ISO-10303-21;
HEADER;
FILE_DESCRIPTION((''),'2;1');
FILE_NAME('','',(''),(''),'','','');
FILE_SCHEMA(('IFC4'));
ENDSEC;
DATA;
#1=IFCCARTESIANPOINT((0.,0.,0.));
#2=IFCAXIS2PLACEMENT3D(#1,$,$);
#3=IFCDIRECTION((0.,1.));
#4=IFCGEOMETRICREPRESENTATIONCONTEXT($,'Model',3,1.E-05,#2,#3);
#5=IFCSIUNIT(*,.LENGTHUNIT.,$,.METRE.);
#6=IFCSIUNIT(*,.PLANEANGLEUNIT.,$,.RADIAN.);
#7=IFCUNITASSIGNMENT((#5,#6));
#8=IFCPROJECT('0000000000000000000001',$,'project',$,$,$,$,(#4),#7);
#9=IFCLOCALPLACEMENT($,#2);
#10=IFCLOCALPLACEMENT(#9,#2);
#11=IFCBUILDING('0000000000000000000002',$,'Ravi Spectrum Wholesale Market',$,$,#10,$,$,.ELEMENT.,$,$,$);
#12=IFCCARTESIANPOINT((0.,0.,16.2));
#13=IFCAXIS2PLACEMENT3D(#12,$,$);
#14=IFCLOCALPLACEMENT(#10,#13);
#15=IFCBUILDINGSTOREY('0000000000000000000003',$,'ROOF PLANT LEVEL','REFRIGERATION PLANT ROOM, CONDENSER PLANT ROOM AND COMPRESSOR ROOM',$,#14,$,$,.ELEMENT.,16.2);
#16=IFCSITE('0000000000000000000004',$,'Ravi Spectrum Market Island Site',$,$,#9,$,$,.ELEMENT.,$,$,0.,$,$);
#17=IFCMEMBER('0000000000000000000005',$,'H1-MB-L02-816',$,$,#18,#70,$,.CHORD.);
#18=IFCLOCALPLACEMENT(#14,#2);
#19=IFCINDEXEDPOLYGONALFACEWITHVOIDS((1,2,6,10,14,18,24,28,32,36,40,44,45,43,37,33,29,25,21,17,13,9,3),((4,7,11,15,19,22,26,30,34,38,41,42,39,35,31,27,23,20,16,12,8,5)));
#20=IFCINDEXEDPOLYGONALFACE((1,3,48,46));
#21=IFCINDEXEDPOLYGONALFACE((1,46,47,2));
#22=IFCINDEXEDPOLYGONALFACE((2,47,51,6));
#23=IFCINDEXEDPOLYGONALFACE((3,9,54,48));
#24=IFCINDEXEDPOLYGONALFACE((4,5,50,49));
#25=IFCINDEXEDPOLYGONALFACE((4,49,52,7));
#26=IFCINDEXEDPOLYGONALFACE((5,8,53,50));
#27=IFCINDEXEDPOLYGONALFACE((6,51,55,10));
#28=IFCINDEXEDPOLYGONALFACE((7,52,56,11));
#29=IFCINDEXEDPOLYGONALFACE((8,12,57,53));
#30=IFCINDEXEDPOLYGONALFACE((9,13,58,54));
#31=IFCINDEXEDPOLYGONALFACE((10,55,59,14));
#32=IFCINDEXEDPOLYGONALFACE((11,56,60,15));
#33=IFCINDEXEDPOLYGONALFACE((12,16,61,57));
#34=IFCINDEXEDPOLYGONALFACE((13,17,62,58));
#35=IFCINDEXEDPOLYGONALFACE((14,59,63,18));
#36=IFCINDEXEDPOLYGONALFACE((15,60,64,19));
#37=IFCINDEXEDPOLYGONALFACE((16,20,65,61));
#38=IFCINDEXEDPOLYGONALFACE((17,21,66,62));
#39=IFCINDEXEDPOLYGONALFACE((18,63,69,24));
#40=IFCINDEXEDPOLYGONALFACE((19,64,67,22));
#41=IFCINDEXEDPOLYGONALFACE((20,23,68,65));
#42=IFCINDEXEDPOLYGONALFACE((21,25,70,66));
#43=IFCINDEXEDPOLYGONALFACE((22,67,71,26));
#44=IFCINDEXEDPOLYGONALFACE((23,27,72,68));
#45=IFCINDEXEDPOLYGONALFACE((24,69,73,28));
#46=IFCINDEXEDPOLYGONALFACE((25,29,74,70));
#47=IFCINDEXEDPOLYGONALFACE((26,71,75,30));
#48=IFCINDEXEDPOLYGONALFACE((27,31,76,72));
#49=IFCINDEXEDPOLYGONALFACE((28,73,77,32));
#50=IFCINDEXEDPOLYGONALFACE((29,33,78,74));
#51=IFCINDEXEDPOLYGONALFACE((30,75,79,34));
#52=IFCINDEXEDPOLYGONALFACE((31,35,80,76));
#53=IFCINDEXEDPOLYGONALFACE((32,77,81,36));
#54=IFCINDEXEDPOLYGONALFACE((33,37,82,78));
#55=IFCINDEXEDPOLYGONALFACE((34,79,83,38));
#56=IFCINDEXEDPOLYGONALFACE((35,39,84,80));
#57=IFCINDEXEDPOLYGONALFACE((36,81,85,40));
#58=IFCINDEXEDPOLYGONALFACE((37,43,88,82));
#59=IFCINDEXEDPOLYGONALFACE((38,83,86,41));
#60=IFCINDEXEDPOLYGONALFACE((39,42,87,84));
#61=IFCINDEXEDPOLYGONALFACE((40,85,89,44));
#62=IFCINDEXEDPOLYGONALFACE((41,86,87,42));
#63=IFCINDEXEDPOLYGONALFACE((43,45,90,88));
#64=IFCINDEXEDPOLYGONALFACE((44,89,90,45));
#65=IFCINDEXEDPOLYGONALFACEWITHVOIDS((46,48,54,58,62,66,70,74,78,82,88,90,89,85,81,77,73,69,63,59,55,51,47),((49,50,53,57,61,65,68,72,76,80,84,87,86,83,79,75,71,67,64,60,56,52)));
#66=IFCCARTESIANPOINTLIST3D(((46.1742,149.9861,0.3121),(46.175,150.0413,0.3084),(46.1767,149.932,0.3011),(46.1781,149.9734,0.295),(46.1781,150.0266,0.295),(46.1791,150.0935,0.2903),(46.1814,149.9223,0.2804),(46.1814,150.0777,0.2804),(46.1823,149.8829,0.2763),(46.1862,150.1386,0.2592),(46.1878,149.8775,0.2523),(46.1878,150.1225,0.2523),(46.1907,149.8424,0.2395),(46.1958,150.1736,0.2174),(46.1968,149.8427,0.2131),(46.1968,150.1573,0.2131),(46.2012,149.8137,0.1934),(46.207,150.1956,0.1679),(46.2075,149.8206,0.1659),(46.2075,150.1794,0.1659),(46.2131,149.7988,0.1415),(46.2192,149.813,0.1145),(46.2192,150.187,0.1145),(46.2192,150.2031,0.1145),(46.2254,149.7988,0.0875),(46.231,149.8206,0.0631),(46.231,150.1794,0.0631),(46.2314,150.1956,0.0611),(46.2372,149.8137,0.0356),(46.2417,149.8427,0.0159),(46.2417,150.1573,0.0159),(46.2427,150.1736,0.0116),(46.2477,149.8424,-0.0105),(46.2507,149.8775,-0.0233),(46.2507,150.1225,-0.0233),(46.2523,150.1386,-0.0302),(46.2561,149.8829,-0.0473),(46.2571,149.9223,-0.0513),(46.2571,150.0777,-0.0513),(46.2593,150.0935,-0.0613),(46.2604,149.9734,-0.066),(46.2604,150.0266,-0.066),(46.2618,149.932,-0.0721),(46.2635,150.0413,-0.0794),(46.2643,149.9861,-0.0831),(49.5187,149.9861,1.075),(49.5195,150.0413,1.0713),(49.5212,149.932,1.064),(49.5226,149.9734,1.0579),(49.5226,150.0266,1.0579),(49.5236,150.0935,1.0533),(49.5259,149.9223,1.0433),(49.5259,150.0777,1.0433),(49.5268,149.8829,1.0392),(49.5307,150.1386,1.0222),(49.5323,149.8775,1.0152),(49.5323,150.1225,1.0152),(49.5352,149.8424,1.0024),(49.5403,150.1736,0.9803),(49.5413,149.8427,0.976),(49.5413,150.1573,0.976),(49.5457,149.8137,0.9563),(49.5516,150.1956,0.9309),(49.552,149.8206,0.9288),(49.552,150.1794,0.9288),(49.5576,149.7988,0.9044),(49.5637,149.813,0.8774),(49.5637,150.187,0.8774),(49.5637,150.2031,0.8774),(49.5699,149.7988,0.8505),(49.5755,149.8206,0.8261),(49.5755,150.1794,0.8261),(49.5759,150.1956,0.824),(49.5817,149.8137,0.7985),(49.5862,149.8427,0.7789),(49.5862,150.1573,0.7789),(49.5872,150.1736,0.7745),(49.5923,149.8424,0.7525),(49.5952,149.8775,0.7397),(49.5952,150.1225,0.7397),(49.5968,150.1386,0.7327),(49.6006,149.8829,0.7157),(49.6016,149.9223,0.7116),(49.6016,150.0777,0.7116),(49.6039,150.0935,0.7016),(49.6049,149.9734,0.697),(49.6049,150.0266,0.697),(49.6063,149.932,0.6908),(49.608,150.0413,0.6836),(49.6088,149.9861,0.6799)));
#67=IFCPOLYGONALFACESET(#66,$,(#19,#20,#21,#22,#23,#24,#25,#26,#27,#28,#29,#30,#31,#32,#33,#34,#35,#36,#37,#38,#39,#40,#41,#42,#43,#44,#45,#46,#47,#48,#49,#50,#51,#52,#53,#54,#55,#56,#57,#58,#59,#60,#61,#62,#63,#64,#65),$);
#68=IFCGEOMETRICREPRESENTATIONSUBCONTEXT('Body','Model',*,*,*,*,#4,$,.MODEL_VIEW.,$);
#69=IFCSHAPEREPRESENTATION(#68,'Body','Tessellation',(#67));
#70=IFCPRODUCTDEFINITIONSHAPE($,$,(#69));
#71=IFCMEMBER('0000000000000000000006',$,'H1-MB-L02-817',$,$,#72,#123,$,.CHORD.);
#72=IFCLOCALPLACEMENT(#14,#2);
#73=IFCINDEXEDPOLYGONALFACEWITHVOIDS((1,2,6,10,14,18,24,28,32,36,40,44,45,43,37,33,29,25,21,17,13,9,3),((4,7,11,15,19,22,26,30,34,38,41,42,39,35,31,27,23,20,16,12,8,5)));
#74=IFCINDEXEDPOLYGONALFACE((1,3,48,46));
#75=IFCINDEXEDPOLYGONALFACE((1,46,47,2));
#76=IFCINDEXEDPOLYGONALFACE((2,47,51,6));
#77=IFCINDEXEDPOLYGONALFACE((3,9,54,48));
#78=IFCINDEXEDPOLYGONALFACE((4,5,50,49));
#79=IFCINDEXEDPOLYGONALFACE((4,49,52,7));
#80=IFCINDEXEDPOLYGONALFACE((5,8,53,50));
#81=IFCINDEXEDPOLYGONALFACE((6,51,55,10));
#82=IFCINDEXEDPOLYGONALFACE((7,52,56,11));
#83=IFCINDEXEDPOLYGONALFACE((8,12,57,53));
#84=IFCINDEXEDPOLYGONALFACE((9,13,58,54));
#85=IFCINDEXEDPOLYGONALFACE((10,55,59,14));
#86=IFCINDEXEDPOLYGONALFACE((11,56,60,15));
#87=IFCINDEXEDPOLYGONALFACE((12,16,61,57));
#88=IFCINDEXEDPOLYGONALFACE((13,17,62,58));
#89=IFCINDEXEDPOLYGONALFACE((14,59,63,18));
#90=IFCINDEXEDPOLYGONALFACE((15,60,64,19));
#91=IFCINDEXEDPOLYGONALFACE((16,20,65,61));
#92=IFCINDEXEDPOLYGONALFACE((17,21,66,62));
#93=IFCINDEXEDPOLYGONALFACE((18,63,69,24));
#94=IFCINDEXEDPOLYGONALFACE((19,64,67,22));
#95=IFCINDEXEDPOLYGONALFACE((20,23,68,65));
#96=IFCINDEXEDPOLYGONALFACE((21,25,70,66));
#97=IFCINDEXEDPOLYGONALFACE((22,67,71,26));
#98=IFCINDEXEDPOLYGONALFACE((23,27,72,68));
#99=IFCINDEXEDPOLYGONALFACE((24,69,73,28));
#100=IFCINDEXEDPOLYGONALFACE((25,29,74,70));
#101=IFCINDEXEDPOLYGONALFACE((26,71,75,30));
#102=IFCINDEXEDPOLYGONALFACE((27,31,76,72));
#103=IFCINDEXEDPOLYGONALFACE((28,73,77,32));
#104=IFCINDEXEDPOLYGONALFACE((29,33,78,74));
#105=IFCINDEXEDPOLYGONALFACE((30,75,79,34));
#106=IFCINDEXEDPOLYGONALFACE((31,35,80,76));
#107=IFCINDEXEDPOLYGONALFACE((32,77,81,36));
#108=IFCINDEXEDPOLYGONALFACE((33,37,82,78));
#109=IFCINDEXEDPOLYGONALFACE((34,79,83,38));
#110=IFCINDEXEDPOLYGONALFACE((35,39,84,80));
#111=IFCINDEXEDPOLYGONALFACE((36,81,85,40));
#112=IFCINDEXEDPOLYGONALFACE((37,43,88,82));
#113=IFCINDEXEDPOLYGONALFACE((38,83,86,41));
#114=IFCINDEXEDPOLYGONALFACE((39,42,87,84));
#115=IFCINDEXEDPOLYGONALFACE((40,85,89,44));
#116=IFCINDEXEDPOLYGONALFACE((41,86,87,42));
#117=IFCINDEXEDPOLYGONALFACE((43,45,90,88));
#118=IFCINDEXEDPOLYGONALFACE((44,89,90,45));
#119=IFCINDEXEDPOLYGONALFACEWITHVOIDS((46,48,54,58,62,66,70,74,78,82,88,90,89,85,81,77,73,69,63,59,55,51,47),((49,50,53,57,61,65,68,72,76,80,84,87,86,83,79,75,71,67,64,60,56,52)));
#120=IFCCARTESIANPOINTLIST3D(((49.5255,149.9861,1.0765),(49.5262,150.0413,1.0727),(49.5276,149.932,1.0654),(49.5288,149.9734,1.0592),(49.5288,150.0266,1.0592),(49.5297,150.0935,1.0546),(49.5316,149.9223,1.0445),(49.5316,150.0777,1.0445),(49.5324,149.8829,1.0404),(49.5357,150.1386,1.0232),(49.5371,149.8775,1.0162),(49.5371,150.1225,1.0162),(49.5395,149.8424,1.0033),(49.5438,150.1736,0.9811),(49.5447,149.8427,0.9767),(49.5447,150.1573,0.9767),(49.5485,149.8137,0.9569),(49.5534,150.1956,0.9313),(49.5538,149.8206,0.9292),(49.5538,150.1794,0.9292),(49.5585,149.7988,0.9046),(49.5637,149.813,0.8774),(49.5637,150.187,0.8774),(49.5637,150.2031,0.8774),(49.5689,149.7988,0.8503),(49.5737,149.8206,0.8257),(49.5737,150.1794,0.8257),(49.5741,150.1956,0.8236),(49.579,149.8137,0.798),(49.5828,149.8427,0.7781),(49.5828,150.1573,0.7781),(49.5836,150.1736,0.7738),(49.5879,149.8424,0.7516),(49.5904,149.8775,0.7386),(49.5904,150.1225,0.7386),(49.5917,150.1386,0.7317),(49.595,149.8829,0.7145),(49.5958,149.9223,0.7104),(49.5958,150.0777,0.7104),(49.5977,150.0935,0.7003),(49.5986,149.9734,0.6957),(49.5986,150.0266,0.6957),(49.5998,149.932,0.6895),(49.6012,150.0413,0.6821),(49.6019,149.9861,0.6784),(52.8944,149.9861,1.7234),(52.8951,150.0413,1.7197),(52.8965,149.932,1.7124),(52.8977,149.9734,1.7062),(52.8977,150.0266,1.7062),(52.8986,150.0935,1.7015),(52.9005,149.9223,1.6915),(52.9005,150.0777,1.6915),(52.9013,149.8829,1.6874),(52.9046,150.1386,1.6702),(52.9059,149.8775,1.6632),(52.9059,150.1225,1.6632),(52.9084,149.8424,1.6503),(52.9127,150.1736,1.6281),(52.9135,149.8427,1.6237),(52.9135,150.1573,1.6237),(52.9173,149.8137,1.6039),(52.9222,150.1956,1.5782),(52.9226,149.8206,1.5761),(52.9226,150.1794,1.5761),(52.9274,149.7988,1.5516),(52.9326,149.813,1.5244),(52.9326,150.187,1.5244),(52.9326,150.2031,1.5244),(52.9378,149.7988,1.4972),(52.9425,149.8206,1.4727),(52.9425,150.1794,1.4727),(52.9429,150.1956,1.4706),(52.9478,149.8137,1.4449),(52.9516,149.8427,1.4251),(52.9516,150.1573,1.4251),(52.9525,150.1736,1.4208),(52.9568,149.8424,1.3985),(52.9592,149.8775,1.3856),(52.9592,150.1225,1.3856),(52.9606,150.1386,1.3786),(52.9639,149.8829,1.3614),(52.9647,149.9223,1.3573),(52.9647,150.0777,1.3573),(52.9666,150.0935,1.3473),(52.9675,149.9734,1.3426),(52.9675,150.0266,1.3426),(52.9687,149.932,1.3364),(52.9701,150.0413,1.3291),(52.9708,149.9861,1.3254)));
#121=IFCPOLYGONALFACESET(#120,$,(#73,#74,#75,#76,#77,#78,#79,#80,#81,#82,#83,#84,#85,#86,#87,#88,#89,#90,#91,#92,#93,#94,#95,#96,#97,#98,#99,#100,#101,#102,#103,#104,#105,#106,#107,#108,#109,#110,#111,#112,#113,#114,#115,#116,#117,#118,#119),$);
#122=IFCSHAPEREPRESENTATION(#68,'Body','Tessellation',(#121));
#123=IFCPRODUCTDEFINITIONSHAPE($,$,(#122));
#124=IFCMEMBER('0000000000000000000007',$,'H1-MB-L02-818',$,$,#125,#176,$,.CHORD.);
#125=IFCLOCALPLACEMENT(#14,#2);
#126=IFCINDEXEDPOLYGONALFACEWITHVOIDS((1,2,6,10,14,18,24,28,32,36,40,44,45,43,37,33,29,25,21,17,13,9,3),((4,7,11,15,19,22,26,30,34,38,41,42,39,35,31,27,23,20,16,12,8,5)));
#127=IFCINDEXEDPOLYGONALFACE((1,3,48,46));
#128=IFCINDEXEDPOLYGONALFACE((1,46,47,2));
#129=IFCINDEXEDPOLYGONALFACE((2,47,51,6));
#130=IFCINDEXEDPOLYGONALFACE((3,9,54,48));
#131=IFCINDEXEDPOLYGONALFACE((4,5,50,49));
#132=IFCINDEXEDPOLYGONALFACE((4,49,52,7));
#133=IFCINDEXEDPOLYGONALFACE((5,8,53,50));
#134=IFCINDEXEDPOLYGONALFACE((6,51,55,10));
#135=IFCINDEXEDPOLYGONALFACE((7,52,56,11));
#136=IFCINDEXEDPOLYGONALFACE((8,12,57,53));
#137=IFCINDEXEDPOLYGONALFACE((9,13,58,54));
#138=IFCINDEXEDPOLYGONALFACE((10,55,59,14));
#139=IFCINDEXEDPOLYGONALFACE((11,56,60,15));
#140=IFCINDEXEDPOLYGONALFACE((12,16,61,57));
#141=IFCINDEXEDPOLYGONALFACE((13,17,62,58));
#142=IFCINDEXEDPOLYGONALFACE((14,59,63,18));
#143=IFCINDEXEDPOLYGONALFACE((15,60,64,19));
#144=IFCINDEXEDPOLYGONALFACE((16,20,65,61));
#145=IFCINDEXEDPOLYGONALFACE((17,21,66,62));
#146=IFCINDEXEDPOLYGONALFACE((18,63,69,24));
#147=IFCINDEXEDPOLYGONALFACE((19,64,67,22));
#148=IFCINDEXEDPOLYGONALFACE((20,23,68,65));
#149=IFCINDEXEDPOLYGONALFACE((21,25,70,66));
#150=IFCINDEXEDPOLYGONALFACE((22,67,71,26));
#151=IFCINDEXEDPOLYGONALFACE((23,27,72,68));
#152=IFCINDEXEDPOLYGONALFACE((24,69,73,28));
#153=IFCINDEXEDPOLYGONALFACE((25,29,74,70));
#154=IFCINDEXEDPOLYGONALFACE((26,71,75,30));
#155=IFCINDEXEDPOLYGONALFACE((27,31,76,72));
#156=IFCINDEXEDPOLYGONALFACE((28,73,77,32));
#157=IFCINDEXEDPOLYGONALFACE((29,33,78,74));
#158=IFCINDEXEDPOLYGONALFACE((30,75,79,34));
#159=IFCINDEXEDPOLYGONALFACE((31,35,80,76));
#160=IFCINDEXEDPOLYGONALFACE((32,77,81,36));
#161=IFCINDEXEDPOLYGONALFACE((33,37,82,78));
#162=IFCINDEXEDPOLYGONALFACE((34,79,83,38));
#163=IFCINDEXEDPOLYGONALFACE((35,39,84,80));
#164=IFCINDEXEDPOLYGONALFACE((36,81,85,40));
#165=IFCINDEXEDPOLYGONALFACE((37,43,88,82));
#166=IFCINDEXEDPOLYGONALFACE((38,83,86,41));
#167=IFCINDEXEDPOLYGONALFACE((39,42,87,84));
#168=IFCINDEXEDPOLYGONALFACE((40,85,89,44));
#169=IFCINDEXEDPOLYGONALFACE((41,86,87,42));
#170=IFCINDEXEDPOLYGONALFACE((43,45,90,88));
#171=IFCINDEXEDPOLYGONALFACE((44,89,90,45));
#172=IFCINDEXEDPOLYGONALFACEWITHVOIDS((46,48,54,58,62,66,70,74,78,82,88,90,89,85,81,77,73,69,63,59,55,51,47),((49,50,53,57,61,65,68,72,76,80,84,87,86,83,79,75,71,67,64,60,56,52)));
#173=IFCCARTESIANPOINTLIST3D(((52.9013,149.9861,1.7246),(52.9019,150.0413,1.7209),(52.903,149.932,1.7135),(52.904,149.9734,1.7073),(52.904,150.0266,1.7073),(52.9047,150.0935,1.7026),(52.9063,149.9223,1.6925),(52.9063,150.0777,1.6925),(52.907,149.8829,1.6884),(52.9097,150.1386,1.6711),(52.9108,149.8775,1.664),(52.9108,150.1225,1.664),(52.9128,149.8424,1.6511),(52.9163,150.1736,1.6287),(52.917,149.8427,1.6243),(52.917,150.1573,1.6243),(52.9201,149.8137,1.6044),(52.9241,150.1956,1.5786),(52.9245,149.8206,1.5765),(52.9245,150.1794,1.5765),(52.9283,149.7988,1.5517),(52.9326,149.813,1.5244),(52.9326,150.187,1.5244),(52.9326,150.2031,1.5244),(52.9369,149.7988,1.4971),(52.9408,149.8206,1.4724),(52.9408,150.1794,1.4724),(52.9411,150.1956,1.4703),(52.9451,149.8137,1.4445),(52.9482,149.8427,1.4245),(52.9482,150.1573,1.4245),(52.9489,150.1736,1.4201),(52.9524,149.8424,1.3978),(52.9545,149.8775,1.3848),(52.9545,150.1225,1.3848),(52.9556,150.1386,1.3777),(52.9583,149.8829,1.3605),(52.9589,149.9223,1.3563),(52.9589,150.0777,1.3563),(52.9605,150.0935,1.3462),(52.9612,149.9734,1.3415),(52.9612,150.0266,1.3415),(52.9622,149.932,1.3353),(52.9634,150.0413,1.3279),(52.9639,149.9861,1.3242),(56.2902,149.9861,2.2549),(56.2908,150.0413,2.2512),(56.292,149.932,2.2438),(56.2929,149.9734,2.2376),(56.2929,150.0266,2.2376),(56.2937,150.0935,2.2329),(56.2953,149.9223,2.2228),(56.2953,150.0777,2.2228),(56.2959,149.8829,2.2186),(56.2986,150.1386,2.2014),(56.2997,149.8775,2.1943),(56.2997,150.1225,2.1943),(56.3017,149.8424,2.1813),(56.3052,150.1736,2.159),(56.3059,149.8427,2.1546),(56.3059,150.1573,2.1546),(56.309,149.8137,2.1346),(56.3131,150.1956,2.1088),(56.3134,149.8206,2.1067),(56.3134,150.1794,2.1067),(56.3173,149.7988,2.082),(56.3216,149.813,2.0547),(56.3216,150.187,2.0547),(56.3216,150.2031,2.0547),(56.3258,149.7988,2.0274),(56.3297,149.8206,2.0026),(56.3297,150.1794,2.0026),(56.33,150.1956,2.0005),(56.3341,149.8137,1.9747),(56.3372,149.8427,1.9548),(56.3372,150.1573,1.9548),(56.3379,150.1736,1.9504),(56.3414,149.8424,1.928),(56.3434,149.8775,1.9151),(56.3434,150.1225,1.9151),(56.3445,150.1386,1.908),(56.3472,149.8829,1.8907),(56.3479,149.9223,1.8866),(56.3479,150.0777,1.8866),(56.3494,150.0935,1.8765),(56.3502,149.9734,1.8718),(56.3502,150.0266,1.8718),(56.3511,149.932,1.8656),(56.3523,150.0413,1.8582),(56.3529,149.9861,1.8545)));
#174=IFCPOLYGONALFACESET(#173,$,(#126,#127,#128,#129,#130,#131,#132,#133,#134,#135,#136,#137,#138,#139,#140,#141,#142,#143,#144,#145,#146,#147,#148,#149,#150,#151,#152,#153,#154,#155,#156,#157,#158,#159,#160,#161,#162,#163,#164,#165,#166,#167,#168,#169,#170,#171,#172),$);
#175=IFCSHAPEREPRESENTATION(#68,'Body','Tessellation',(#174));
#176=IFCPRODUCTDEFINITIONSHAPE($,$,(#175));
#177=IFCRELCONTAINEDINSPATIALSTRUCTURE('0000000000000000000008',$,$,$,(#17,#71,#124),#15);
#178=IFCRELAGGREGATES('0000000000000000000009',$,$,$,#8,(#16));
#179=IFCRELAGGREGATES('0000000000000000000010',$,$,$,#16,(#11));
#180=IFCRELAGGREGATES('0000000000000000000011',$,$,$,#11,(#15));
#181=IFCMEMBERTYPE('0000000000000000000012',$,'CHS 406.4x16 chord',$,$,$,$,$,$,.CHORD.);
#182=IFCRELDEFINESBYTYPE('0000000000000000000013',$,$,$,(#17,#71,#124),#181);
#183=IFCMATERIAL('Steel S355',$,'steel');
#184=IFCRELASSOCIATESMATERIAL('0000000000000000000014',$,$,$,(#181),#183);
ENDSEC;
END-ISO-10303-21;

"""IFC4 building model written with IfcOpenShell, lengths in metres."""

from ifc_helpers import new_model, si_unit, direction, frame, origin, origin_2d, place, context, subcontext, project, spatial, hollow_circle, extrude, material, material_profile, profile_set, type_object, element, save


model = new_model("IFC4")

# Units and contexts
model_context = context("Model", 3, precision=1e-05, world=origin(), true_north=direction((0.0, 1.0)))
body_context = subcontext(model_context, "Body", "Model", "MODEL_VIEW")
ifc_project = project(units=[si_unit("LENGTHUNIT", "METRE"), si_unit("PLANEANGLEUNIT", "RADIAN")], contexts=[model_context])

# Site, building, storey
site_placement = place(None, origin())
site = spatial("IfcSite", under=ifc_project, at=site_placement, Name="Ravi Spectrum Market Island Site", CompositionType="ELEMENT", RefElevation=0.0)
building_placement = place(site_placement, origin())
building = spatial("IfcBuilding", under=site, at=building_placement, Name="Ravi Spectrum Wholesale Market", CompositionType="ELEMENT")
storey_placement = place(building_placement, frame((0.0, 0.0, 16.2)))
storey = spatial("IfcBuildingStorey", under=building, at=storey_placement, Name="ROOF PLANT LEVEL", Description="REFRIGERATION PLANT ROOM, CONDENSER PLANT ROOM AND COMPRESSOR ROOM", CompositionType="ELEMENT", Elevation=16.2)

# Members
ifc_material_1 = material(Name="Steel S355", Category="steel")
ifc_material_profile_1 = material_profile(ifc_material_1, hollow_circle(Radius=0.2031, WallThickness=0.0161, at=origin_2d()))
ifc_profile_set_1 = profile_set([ifc_material_profile_1], Name="Steel S355")
member_type_1 = type_object("IfcMemberType", Name="CHS 406.4x16 chord", PredefinedType="CHORD", material=ifc_profile_set_1)
for number, where, z_axis, x_axis, name in (
    (1, (46.2192, 150.0, 0.1145), (0.974954, 0.0, 0.222405), (0.0, 1.0, 0.0), "H1-MB-L02-816"),
    (2, (49.5637, 150.0, 0.8774), (0.982055, 0.0, 0.188597), (0.0, 1.0, 0.0), "H1-MB-L02-817"),
):
    element("IfcMember", number, at=place(storey_placement, frame(where, z_axis=z_axis, x_axis=x_axis)), inside=storey, type_object=member_type_1, Name=name, PredefinedType="CHORD", context=body_context, shape_type="SweptSolid", body=[
        extrude(hollow_circle(Radius=0.2031, WallThickness=0.0161, at=origin_2d()), origin(), (0.0, 0.0, 1.0), 3.4304),
    ])
for number, where, z_axis, x_axis, name in (
    (3, (52.9326, 150.0, 1.5244), (0.987978, 0.0, 0.154592), (0.0, 1.0, 0.0), "H1-MB-L02-818"),
):
    element("IfcMember", number, at=place(storey_placement, frame(where, z_axis=z_axis, x_axis=x_axis)), inside=storey, type_object=member_type_1, Name=name, PredefinedType="CHORD", context=body_context, shape_type="SweptSolid", body=[
        extrude(hollow_circle(Radius=0.2031, WallThickness=0.0161, at=origin_2d()), origin(), (0.0, 0.0, 1.0), 3.4302),
    ])

save(model, "model.ifc")
